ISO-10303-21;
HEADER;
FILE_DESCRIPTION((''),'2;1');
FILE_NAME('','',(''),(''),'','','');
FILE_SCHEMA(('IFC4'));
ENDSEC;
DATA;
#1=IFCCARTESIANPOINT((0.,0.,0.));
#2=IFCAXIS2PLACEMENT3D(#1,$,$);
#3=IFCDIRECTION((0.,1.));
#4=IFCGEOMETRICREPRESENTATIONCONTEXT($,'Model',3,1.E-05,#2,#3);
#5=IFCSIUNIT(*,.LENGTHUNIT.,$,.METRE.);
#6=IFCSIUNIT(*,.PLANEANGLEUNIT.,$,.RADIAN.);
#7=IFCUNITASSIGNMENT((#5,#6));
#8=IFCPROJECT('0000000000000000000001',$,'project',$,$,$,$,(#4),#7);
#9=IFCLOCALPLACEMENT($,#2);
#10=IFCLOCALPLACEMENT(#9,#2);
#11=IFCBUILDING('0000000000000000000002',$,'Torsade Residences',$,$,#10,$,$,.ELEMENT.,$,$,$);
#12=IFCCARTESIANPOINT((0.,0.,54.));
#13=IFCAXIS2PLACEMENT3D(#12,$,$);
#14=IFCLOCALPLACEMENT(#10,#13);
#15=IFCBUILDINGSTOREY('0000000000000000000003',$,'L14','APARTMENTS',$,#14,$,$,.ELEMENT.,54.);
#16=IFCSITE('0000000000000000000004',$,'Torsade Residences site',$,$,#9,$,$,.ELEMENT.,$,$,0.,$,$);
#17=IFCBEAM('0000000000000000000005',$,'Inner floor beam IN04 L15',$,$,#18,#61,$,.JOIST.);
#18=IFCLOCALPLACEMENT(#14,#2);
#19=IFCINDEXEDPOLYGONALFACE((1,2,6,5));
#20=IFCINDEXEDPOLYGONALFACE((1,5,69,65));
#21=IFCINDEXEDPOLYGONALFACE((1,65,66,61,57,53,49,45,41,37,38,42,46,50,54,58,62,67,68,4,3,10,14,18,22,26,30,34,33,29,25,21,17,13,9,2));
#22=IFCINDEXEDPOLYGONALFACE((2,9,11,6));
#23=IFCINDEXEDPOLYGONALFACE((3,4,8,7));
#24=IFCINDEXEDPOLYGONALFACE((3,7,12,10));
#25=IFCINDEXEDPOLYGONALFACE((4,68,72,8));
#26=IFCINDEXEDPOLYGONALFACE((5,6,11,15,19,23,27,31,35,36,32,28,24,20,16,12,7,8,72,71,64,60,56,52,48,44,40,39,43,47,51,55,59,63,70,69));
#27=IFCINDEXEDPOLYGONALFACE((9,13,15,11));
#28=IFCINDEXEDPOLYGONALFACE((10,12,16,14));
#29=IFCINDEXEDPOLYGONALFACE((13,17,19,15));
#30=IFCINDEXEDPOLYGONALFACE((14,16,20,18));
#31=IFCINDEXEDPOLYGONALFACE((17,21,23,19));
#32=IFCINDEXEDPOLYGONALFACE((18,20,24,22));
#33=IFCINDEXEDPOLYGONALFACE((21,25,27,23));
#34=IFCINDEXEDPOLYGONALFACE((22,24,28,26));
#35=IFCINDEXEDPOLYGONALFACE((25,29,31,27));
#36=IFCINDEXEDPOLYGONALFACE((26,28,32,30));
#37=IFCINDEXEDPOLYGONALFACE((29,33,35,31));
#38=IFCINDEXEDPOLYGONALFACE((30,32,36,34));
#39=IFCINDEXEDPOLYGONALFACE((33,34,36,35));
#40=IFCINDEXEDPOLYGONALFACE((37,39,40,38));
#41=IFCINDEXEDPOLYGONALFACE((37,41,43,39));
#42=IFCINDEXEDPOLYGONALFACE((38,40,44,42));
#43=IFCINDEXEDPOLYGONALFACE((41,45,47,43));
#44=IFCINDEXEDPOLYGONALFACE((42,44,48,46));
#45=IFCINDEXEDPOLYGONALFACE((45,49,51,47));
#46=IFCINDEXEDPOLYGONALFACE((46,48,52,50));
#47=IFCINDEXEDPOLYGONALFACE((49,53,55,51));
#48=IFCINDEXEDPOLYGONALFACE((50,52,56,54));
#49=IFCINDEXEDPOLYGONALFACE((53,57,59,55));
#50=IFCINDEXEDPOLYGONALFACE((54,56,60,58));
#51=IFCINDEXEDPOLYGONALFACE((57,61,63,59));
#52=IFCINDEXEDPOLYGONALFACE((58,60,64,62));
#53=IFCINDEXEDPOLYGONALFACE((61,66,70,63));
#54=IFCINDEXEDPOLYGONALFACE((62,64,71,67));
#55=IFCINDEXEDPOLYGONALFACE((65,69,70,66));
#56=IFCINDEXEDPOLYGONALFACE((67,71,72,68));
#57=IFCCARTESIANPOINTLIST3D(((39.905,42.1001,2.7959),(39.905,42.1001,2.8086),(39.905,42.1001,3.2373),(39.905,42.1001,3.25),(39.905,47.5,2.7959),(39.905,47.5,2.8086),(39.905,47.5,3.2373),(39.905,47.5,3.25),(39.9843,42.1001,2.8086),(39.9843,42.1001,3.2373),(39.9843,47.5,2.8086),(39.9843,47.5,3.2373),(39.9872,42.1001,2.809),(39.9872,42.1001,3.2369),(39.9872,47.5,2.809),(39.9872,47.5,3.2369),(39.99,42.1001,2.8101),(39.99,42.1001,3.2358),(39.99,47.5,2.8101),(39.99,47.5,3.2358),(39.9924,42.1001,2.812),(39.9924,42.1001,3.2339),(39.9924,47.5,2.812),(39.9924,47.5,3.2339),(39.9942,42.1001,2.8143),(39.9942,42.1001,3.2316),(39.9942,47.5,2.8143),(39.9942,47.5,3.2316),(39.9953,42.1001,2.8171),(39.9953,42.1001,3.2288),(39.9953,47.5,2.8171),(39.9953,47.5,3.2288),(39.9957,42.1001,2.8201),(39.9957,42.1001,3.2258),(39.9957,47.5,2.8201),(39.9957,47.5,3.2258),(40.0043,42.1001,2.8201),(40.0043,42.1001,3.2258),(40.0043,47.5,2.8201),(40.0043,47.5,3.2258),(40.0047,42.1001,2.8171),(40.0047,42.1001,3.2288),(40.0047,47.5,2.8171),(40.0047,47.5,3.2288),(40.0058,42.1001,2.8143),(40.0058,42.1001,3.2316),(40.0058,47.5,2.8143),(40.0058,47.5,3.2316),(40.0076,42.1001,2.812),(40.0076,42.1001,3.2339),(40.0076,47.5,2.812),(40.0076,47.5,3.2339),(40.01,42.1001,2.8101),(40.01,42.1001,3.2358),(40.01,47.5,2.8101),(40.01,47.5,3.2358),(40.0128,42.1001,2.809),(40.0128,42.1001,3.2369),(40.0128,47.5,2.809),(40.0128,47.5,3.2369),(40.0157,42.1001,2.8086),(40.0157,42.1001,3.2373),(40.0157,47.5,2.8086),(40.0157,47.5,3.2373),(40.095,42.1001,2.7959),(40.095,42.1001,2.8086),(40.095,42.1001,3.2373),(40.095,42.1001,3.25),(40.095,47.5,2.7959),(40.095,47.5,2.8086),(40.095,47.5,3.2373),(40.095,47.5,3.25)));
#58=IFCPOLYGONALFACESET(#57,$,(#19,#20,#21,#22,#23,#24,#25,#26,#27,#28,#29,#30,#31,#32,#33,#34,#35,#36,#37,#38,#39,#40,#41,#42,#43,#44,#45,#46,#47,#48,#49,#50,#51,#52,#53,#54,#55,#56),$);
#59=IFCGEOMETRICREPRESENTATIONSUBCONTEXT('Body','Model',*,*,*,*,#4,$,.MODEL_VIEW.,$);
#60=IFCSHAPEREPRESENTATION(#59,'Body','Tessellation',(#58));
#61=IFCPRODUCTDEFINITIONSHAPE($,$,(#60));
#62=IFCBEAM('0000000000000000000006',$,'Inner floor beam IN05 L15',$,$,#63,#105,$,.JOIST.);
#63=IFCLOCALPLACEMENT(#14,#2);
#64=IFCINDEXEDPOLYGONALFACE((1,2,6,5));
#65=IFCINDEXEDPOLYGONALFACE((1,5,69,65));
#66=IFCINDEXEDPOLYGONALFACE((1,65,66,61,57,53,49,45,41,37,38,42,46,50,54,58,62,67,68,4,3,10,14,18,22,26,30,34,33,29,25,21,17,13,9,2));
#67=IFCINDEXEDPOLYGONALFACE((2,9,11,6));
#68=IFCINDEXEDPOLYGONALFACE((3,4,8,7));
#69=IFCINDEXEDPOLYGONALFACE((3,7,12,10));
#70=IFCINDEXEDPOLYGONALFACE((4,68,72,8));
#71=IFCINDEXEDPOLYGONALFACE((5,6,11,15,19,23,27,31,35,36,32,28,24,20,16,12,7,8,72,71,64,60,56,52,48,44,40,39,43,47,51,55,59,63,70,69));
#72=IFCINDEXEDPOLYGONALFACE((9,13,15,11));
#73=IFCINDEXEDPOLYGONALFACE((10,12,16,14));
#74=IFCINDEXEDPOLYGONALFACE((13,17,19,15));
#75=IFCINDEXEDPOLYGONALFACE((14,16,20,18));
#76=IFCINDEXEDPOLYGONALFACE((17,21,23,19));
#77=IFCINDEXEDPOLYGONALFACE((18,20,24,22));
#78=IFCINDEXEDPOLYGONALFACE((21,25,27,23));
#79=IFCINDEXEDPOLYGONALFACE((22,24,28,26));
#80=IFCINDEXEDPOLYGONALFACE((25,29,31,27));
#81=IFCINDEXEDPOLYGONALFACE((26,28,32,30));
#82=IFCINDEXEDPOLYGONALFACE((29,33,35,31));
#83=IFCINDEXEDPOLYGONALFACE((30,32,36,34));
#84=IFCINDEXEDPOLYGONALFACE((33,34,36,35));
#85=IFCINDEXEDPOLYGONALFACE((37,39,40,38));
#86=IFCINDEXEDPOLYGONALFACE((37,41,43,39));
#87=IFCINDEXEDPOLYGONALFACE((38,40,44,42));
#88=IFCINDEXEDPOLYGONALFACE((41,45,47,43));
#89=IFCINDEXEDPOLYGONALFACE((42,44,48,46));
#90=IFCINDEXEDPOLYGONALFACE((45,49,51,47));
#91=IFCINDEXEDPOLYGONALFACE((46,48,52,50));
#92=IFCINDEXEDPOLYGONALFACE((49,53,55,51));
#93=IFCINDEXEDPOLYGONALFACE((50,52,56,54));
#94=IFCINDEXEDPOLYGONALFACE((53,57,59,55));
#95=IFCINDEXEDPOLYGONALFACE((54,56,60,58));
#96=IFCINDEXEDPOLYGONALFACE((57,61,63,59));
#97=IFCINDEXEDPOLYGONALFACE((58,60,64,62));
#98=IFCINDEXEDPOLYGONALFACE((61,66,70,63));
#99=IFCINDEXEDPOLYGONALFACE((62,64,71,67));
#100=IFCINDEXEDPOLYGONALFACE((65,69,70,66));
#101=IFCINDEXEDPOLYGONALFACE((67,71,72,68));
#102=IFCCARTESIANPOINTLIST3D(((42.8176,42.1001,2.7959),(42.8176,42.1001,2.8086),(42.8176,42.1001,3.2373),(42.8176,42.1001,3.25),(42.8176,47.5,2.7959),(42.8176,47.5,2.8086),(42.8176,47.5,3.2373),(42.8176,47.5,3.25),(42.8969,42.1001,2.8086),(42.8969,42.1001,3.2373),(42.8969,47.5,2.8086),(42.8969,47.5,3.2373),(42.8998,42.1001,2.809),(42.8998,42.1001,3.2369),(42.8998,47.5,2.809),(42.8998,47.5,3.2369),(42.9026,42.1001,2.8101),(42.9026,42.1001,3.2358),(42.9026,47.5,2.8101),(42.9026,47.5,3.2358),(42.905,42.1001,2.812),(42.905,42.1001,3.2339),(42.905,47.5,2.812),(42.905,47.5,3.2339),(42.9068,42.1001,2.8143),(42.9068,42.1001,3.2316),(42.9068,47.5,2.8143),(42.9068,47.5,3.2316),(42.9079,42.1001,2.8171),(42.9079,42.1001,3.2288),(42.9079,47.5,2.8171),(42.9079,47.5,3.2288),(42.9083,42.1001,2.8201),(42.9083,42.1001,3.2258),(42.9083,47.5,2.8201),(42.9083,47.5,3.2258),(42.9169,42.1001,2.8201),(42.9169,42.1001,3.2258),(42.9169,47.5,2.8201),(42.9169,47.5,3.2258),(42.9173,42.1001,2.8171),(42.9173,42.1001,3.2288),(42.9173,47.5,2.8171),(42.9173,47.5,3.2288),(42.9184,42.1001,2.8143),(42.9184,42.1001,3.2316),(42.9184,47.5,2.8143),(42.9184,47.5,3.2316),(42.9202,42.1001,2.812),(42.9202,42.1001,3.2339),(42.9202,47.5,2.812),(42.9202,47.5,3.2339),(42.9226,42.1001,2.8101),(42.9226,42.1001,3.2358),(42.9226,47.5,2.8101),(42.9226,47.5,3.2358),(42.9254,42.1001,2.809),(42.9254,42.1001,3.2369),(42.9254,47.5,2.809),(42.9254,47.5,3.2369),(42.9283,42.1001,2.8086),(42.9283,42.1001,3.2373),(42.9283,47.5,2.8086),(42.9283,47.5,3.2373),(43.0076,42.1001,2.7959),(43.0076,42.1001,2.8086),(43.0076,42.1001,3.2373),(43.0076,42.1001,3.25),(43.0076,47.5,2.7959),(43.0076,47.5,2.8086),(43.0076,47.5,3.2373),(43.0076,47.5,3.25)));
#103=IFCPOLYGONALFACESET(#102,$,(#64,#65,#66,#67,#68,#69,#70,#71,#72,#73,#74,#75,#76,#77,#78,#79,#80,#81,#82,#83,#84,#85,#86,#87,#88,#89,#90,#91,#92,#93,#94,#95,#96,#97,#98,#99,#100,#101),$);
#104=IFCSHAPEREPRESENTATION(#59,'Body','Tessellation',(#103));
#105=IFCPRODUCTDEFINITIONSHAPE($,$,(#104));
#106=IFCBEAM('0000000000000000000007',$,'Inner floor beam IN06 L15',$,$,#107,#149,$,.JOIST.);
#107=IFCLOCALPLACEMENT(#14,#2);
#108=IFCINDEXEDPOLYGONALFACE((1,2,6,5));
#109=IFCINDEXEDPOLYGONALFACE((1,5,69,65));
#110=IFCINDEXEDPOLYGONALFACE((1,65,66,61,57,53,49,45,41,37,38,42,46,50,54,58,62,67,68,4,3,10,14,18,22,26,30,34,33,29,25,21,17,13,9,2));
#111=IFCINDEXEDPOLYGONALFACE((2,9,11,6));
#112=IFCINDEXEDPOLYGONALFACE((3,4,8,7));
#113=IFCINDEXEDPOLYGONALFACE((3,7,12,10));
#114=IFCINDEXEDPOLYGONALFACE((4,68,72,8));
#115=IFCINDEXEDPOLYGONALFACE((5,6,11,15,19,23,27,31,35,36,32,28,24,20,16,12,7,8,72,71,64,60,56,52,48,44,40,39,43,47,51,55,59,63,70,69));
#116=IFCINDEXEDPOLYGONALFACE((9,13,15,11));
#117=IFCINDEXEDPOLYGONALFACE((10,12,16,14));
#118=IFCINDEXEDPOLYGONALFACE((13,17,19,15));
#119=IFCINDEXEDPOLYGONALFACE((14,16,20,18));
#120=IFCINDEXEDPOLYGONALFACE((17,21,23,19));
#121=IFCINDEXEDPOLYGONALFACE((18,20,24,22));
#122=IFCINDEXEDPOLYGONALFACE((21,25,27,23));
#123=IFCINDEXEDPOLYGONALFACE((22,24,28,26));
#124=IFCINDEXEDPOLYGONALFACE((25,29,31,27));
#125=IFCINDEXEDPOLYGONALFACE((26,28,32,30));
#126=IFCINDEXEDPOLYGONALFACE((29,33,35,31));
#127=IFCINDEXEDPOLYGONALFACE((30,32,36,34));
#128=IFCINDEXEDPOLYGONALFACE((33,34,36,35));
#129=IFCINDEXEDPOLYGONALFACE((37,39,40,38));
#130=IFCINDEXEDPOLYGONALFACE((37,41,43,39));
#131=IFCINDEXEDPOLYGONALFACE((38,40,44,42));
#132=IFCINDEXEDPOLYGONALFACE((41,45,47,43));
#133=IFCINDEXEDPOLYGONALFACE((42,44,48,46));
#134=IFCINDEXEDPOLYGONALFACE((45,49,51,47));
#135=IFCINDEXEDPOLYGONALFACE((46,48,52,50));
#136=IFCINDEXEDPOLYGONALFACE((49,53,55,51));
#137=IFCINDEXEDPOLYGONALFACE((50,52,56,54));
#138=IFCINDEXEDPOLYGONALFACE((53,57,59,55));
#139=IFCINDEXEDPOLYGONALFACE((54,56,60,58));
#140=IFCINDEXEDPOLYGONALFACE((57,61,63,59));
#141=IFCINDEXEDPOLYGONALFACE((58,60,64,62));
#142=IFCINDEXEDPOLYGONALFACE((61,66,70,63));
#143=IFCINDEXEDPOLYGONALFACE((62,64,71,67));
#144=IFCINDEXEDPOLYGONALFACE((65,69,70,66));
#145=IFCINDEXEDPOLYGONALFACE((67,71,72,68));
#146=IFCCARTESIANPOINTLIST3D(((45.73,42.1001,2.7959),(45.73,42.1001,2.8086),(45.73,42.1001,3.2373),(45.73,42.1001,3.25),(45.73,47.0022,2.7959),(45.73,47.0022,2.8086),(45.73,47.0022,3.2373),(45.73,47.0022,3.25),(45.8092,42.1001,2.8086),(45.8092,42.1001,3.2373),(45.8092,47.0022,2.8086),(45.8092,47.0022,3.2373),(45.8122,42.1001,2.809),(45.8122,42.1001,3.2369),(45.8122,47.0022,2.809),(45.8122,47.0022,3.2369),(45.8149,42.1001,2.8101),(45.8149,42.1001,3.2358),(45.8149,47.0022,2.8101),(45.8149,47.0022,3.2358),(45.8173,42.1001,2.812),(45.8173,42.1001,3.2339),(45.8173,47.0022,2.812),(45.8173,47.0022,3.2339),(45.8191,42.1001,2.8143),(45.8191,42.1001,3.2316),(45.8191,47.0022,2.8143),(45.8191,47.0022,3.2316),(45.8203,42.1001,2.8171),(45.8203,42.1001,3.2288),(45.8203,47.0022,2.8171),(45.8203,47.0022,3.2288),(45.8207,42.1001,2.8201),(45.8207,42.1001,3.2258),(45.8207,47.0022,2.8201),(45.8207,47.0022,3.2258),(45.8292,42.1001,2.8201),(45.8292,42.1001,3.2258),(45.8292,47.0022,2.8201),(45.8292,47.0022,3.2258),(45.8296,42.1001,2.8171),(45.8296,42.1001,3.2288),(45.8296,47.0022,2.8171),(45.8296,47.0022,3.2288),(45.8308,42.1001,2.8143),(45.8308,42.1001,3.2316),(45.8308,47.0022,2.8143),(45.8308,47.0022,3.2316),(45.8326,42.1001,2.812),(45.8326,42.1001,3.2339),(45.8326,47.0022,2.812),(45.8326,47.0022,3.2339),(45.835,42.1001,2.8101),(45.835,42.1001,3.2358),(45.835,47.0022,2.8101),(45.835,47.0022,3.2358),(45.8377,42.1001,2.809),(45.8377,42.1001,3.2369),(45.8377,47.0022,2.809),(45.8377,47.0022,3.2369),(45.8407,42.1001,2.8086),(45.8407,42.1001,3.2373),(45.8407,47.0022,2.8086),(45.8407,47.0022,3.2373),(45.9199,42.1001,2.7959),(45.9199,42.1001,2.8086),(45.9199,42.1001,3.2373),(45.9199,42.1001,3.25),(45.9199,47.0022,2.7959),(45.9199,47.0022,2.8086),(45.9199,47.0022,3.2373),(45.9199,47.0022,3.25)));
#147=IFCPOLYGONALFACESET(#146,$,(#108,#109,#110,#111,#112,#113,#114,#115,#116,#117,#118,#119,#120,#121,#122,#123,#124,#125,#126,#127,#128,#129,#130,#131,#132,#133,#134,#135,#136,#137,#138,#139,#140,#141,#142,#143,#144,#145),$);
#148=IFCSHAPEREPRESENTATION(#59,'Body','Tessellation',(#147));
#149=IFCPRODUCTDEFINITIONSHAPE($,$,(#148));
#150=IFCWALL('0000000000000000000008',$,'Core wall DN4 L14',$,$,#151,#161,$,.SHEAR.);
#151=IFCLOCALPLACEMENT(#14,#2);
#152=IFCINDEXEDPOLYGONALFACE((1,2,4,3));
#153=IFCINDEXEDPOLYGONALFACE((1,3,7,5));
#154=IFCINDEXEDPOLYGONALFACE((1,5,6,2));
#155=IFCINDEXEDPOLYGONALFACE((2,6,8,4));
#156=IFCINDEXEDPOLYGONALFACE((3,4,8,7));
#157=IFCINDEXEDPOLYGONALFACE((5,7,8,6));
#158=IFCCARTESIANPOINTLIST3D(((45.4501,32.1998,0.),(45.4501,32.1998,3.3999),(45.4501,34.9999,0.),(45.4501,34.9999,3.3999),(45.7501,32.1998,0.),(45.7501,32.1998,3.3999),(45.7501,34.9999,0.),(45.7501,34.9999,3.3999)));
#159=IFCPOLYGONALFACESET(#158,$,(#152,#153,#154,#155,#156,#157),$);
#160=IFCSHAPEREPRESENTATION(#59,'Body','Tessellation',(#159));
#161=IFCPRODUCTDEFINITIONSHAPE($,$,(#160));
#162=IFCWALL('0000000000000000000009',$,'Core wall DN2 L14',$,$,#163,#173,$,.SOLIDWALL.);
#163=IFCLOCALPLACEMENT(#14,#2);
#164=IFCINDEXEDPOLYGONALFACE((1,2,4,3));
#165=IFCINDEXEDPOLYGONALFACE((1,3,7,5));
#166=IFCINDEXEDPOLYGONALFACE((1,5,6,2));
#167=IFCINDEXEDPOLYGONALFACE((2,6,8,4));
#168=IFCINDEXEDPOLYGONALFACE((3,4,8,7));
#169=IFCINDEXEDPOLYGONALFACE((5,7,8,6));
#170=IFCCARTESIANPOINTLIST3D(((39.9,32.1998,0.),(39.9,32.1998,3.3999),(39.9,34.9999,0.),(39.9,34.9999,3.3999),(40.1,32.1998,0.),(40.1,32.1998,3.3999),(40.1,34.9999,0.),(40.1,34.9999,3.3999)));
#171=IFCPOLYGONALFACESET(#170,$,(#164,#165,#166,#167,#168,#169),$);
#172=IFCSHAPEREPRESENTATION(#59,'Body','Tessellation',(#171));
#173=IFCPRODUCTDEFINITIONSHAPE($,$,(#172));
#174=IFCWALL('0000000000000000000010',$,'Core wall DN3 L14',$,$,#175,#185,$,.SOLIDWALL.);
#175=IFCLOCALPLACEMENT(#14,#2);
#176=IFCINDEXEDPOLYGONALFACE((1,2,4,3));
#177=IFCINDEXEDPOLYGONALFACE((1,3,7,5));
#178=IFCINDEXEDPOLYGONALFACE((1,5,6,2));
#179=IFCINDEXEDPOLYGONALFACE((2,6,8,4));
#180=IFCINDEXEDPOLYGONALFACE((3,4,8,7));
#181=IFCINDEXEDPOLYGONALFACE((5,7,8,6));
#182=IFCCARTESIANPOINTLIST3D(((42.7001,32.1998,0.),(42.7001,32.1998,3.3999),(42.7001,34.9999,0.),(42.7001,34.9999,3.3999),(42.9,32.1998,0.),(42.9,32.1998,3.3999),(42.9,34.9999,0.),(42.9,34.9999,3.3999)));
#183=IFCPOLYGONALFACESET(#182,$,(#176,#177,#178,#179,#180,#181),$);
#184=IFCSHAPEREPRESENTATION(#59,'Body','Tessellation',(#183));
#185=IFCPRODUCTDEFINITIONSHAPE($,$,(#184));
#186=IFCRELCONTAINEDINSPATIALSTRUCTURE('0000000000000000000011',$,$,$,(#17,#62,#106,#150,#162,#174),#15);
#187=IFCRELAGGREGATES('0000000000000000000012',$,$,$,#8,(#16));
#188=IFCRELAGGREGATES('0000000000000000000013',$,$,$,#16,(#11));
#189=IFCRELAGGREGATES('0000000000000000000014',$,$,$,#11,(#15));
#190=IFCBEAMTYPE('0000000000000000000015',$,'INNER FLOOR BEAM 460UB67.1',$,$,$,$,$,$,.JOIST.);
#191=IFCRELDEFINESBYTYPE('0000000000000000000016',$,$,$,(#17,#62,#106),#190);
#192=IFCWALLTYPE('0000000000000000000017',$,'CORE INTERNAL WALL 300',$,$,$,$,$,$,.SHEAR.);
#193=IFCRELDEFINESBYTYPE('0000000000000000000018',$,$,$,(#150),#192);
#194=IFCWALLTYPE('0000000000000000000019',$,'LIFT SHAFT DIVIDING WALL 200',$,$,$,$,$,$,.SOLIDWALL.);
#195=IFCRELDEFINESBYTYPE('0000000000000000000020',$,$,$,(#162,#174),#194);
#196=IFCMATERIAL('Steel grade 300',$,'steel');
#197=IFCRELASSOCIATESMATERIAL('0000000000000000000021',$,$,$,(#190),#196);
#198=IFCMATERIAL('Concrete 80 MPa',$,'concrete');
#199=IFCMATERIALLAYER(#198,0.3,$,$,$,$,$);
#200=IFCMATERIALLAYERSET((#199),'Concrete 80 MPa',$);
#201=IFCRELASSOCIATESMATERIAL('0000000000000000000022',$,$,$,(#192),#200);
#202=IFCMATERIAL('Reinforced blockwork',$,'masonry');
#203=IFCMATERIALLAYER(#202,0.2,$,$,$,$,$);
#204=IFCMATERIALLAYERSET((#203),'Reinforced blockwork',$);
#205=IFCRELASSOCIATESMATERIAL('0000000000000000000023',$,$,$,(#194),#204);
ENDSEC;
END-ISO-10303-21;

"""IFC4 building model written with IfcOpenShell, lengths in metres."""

from ifc_helpers import new_model, si_unit, direction, frame, frame_2d, origin, origin_2d, place, context, subcontext, project, spatial, rectangle, i_section, extrude, material, layer, layer_set, material_profile, profile_set, type_object, element, save


model = new_model("IFC4")

# Units and contexts
model_context = context("Model", 3, precision=1e-05, world=origin(), true_north=direction((0.0, 1.0)))
body_context = subcontext(model_context, "Body", "Model", "MODEL_VIEW")
ifc_project = project(units=[si_unit("LENGTHUNIT", "METRE"), si_unit("PLANEANGLEUNIT", "RADIAN")], contexts=[model_context])

# Site, building, storey
site_placement = place(None, origin())
site = spatial("IfcSite", under=ifc_project, at=site_placement, Name="Torsade Residences site", CompositionType="ELEMENT", RefElevation=0.0)
building_placement = place(site_placement, origin())
building = spatial("IfcBuilding", under=site, at=building_placement, Name="Torsade Residences", CompositionType="ELEMENT")
storey_placement = place(building_placement, frame((0.0, 0.0, 54.0)))
storey = spatial("IfcBuildingStorey", under=building, at=storey_placement, Name="L14", Description="APARTMENTS", CompositionType="ELEMENT", Elevation=54.0)

# Beams
ifc_material_1 = material(Name="Steel grade 300", Category="steel")
ifc_material_profile = material_profile(ifc_material_1, i_section(OverallWidth=0.1899, OverallDepth=0.4541, WebThickness=0.0085, FlangeThickness=0.0127, FilletRadius=0.0115, at=origin_2d()), Name="460UB67.1")
ifc_profile_set = profile_set([ifc_material_profile], Name="Steel grade 300")
beam_type = type_object("IfcBeamType", Name="INNER FLOOR BEAM 460UB67.1", PredefinedType="JOIST", material=ifc_profile_set)
for number, where, z_axis, x_axis, name in (
    (1, (40.0, 42.1001, 3.0229), (0.0, 1.0, 0.0), (-1.0, 0.0, 0.0), "Inner floor beam IN04 L15"),
    (2, (42.9126, 42.1001, 3.0229), (0.0, 1.0, 0.0), (-1.0, 0.0, 0.0), "Inner floor beam IN05 L15"),
):
    element("IfcBeam", number, at=place(storey_placement, frame(where, z_axis=z_axis, x_axis=x_axis)), inside=storey, type_object=beam_type, Name=name, PredefinedType="JOIST", context=body_context, shape_type="SweptSolid", body=[
        extrude(i_section(OverallWidth=0.1899, OverallDepth=0.4541, WebThickness=0.0085, FlangeThickness=0.0127, FilletRadius=0.0115, at=origin_2d()), origin(), (0.0, 0.0, 1.0), 5.3999),
    ])
beam_placement = place(storey_placement, frame((45.825, 42.1001, 3.0229), z_axis=(0.0, 1.0, 0.0), x_axis=(-1.0, 0.0, 0.0)))
element("IfcBeam", 3, at=beam_placement, inside=storey, type_object=beam_type, Name="Inner floor beam IN06 L15", PredefinedType="JOIST", context=body_context, shape_type="SweptSolid", body=[
    extrude(i_section(OverallWidth=0.1899, OverallDepth=0.4541, WebThickness=0.0085, FlangeThickness=0.0127, FilletRadius=0.0115, at=origin_2d()), origin(), (0.0, 0.0, 1.0), 4.9021),
])

# Walls
ifc_material_2 = material(Name="Concrete 80 MPa", Category="concrete")
ifc_layer_1 = layer(ifc_material_2, 0.3)
ifc_layer_set_1 = layer_set([ifc_layer_1], Name="Concrete 80 MPa")
wall_type_1 = type_object("IfcWallType", Name="CORE INTERNAL WALL 300", PredefinedType="SHEAR", material=ifc_layer_set_1)
wall_1_placement = place(storey_placement, frame((45.6001, 32.2, 0.0), z_axis=(0.0, 0.0, 1.0), x_axis=(0.0, 1.0, 0.0)))
element("IfcWall", 4, at=wall_1_placement, inside=storey, type_object=wall_type_1, Name="Core wall DN4 L14", PredefinedType="SHEAR", context=body_context, shape_type="SweptSolid", body=[
    extrude(rectangle(XDim=2.8, YDim=0.3, at=frame_2d((1.3999, 0.0))), origin(), (0.0, 0.0, 1.0), 3.3999),
])
ifc_material_3 = material(Name="Reinforced blockwork", Category="masonry")
ifc_layer_2 = layer(ifc_material_3, 0.2)
ifc_layer_set_2 = layer_set([ifc_layer_2], Name="Reinforced blockwork")
wall_type_2 = type_object("IfcWallType", Name="LIFT SHAFT DIVIDING WALL 200", PredefinedType="SOLIDWALL", material=ifc_layer_set_2)
for number, where, z_axis, x_axis, name in (
    (5, (40.0, 32.2, 0.0), (0.0, 0.0, 1.0), (0.0, 1.0, 0.0), "Core wall DN2 L14"),
    (6, (42.8, 32.2, 0.0), (0.0, 0.0, 1.0), (0.0, 1.0, 0.0), "Core wall DN3 L14"),
):
    element("IfcWall", number, at=place(storey_placement, frame(where, z_axis=z_axis, x_axis=x_axis)), inside=storey, type_object=wall_type_2, Name=name, PredefinedType="SOLIDWALL", context=body_context, shape_type="SweptSolid", body=[
        extrude(rectangle(XDim=2.8, YDim=0.2, at=frame_2d((1.3999, 0.0))), origin(), (0.0, 0.0, 1.0), 3.3999),
    ])

save(model, "model.ifc")
